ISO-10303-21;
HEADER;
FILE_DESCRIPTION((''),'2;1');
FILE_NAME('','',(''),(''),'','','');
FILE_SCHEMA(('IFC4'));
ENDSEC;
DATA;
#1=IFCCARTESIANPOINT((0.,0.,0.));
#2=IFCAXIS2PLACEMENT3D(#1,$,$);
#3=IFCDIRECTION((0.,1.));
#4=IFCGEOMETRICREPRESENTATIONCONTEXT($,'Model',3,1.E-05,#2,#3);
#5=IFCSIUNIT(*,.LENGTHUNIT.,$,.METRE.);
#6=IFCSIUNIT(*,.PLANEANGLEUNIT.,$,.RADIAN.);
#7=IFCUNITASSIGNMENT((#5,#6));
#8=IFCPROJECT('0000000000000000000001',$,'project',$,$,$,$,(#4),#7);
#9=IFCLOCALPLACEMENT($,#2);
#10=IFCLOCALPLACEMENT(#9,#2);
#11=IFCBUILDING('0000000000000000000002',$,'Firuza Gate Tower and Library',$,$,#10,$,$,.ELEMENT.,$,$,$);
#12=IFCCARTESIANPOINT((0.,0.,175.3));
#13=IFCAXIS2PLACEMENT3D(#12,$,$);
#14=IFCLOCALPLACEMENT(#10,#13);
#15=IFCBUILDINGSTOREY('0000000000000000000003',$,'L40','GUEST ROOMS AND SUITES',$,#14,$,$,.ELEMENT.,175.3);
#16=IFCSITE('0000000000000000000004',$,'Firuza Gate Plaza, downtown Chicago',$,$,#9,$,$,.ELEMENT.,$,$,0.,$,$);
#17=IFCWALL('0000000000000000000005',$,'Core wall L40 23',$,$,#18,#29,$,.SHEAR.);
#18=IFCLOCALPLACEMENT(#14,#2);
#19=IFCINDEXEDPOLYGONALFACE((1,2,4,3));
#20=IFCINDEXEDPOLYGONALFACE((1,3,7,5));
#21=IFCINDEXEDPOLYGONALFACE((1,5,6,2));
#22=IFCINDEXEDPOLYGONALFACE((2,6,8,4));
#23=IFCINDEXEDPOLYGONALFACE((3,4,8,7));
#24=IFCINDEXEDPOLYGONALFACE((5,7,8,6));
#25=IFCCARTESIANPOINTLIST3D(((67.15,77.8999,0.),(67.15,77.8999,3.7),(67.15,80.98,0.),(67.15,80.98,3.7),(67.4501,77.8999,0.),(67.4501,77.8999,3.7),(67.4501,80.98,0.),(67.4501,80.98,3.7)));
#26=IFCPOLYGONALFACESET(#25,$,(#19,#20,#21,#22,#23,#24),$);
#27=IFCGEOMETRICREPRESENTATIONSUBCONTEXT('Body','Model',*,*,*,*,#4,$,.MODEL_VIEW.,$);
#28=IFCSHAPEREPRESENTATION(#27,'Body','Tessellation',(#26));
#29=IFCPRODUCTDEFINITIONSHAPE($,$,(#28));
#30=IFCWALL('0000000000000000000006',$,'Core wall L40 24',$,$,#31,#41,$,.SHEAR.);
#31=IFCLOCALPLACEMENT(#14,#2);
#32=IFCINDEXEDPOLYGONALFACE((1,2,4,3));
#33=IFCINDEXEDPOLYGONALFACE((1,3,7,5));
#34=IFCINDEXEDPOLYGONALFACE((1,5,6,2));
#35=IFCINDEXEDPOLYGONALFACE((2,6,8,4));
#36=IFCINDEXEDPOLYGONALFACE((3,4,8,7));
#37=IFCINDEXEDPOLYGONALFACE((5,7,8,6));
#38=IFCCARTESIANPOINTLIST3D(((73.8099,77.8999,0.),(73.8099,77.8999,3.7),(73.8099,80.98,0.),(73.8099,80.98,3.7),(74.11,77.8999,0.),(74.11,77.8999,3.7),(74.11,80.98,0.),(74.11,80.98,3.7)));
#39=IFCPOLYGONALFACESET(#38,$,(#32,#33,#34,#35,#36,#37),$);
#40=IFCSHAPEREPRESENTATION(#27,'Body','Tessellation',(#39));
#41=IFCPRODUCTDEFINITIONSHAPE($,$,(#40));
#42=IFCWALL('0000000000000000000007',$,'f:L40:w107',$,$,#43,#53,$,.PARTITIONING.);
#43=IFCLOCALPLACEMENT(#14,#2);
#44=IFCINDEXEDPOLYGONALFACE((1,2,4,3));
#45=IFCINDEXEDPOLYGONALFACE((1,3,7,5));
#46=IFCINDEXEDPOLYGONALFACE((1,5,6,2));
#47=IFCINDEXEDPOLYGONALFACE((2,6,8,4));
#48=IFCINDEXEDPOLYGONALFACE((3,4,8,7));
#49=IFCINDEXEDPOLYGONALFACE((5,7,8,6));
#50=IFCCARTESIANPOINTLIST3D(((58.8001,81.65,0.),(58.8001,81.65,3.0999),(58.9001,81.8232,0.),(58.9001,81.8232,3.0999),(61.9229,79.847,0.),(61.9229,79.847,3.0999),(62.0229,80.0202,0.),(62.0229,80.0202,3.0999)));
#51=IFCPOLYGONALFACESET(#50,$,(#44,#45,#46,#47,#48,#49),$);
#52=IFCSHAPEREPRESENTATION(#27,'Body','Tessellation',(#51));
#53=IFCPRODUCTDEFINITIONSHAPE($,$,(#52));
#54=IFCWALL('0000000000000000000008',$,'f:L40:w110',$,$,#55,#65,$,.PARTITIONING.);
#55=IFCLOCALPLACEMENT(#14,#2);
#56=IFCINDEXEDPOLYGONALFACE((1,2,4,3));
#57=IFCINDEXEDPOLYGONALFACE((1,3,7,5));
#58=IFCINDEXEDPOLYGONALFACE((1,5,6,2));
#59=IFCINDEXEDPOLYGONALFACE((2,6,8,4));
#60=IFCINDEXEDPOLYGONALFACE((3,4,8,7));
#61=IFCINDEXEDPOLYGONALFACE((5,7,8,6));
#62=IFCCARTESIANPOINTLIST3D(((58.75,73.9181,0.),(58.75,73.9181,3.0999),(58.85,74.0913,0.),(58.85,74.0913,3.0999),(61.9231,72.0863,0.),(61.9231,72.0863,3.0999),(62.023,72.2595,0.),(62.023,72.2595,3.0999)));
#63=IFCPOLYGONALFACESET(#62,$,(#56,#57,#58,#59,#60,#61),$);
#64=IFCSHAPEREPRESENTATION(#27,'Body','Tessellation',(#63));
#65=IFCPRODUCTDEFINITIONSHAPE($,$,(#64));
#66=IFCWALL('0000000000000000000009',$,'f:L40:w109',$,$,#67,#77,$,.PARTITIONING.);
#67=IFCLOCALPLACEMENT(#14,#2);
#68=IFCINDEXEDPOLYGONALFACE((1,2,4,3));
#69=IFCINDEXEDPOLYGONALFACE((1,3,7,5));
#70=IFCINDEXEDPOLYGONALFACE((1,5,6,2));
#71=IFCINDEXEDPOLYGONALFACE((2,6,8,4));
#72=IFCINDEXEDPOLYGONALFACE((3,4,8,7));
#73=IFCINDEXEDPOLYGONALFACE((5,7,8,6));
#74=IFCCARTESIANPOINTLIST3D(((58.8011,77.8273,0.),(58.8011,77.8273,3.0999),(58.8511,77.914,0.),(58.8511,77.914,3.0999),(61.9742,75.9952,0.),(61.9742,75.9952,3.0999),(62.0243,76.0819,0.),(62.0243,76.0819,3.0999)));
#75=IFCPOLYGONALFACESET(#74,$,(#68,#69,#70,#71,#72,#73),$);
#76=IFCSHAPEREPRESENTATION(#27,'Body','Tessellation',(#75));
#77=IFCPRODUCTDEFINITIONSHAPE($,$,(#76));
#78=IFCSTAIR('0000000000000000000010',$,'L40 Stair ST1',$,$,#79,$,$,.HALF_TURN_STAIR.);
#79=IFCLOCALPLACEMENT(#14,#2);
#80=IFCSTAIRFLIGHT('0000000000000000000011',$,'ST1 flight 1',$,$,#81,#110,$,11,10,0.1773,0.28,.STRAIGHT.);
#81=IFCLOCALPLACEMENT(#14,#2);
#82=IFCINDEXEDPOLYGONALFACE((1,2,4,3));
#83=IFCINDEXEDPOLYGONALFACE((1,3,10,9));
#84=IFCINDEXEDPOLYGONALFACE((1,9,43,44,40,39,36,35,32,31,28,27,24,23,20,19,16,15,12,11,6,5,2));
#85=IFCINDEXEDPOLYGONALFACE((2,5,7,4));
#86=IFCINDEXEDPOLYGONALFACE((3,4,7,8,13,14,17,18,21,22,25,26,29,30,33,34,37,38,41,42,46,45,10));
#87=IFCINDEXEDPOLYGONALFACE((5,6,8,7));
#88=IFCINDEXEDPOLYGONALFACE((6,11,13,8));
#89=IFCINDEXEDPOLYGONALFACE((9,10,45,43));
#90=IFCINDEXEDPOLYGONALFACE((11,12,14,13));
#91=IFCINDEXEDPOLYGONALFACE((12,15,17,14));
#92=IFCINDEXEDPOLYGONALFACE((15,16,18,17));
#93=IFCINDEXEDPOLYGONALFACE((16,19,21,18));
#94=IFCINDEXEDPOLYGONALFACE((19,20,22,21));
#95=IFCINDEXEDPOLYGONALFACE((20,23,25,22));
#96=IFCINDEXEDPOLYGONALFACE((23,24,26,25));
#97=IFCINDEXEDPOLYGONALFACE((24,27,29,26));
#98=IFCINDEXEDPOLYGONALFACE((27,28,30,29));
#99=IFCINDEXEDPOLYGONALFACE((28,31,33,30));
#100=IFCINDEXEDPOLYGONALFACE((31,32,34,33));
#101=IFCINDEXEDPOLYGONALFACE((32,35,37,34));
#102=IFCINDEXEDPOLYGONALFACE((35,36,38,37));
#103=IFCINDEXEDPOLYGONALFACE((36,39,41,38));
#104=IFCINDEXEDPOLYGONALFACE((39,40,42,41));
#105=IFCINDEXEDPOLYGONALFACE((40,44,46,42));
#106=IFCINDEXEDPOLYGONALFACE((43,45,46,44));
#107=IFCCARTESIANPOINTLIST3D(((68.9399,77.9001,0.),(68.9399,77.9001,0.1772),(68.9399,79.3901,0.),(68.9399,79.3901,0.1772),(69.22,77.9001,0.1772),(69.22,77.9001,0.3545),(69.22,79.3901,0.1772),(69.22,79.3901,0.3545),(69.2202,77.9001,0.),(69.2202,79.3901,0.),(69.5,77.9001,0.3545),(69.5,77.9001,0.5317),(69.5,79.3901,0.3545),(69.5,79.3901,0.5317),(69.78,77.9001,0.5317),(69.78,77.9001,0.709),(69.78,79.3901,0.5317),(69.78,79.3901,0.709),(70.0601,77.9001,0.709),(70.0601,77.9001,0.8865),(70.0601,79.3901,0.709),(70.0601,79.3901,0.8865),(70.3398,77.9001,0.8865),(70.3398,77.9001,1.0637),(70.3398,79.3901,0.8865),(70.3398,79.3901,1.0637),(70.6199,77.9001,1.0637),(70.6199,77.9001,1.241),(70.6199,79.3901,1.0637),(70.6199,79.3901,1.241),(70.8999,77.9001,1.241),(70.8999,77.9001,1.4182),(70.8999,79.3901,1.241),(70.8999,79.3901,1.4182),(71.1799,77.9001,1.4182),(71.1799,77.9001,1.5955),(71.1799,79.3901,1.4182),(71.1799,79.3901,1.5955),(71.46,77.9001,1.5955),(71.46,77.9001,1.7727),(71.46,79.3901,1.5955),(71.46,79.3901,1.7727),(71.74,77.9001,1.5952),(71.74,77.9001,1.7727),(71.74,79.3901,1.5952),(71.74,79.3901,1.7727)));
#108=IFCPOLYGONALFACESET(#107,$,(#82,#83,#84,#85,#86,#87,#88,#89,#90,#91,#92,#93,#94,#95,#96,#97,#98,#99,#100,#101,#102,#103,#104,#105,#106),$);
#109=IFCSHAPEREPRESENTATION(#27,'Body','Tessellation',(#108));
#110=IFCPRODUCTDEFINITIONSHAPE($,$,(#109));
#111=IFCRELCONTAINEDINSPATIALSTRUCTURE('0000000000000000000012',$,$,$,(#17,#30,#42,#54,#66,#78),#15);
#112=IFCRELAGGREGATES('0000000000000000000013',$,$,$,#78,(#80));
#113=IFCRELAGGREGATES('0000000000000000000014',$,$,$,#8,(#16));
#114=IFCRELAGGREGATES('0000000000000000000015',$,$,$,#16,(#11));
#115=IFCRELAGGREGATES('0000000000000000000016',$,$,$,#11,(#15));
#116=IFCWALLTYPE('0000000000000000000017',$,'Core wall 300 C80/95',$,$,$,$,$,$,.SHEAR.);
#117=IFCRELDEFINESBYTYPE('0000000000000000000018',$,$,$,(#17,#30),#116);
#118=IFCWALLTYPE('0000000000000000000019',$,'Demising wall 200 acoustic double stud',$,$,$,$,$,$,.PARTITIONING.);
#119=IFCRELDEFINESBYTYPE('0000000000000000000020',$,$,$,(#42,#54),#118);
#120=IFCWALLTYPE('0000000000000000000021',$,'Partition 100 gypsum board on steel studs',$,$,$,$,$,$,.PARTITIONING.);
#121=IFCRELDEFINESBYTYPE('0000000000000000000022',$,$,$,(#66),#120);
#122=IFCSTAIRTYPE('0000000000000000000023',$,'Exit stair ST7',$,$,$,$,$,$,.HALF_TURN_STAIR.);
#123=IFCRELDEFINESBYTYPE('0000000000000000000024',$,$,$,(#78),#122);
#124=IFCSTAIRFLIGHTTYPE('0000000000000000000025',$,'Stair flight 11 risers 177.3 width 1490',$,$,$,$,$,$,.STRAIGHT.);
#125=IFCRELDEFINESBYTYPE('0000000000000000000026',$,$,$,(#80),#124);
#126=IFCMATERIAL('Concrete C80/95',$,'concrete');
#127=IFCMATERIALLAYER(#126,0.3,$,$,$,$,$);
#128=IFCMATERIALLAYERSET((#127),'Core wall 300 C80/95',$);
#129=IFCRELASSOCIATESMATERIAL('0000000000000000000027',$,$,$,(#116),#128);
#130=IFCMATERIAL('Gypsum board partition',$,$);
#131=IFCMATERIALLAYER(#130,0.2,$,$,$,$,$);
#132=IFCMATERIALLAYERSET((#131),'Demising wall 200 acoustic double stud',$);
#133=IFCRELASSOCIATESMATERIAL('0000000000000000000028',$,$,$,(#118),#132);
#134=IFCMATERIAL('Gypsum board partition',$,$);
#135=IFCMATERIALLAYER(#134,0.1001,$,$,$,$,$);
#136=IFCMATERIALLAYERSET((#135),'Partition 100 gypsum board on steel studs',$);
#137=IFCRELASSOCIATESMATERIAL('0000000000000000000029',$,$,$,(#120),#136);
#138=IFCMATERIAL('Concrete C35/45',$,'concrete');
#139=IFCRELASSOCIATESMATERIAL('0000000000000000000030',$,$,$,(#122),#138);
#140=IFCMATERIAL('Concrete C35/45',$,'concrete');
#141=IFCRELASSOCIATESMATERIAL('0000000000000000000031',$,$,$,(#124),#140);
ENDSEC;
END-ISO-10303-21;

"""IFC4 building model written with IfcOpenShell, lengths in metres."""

from ifc_helpers import new_model, si_unit, direction, frame, frame_2d, origin, place, context, subcontext, project, spatial, polyline, rectangle, outline, extrude, material, layer, layer_set, type_object, element, aggregate, save


model = new_model("IFC4")

# Units and contexts
model_context = context("Model", 3, precision=1e-05, world=origin(), true_north=direction((0.0, 1.0)))
body_context = subcontext(model_context, "Body", "Model", "MODEL_VIEW")
ifc_project = project(units=[si_unit("LENGTHUNIT", "METRE"), si_unit("PLANEANGLEUNIT", "RADIAN")], contexts=[model_context])

# Site, building, storey
site_placement = place(None, origin())
site = spatial("IfcSite", under=ifc_project, at=site_placement, Name="Firuza Gate Plaza, downtown Chicago", CompositionType="ELEMENT", RefElevation=0.0)
building_placement = place(site_placement, origin())
building = spatial("IfcBuilding", under=site, at=building_placement, Name="Firuza Gate Tower and Library", CompositionType="ELEMENT")
storey_placement = place(building_placement, frame((0.0, 0.0, 175.3)))
storey = spatial("IfcBuildingStorey", under=building, at=storey_placement, Name="L40", Description="GUEST ROOMS AND SUITES", CompositionType="ELEMENT", Elevation=175.3)

# Shared definitions
ifc_material_1 = material(Name="Concrete C80/95", Category="concrete")
ifc_layer_1 = layer(ifc_material_1, 0.3)
ifc_layer_set_1 = layer_set([ifc_layer_1], Name="Core wall 300 C80/95")
wall_type_1 = type_object("IfcWallType", Name="Core wall 300 C80/95", PredefinedType="SHEAR", material=ifc_layer_set_1)

# Walls
for number, where, z_axis, x_axis, name in (
    (1, (67.3, 77.8999, 0.0), (0.0, 0.0, 1.0), (0.0, 1.0, 0.0), "Core wall L40 23"),
    (2, (73.96, 77.8999, 0.0), (0.0, 0.0, 1.0), (0.0, 1.0, 0.0), "Core wall L40 24"),
):
    element("IfcWall", number, at=place(storey_placement, frame(where, z_axis=z_axis, x_axis=x_axis)), inside=storey, type_object=wall_type_1, Name=name, PredefinedType="SHEAR", context=body_context, shape_type="SweptSolid", body=[
        extrude(rectangle(XDim=3.0801, YDim=0.3, at=frame_2d((1.54, 0.0))), origin(), (0.0, 0.0, 1.0), 3.7),
    ])
ifc_material_2 = material(Name="Gypsum board partition")
ifc_layer_2 = layer(ifc_material_2, 0.2)
ifc_layer_set_2 = layer_set([ifc_layer_2], Name="Demising wall 200 acoustic double stud")
wall_type_2 = type_object("IfcWallType", Name="Demising wall 200 acoustic double stud", PredefinedType="PARTITIONING", material=ifc_layer_set_2)
wall_1_placement = place(storey_placement, frame((61.9729, 79.9336, 0.0), z_axis=(0.0, 0.0, 1.0), x_axis=(-0.866022, 0.500006, 0.0)))
element("IfcWall", 3, at=wall_1_placement, inside=storey, type_object=wall_type_2, Name="f:L40:w107", PredefinedType="PARTITIONING", context=body_context, shape_type="SweptSolid", body=[
    extrude(rectangle(XDim=3.606, YDim=0.2, at=frame_2d((1.803, 0.0))), origin(), (0.0, 0.0, 1.0), 3.0999),
])
wall_2_placement = place(storey_placement, frame((61.9731, 72.1729, 0.0), z_axis=(0.0, 0.0, 1.0), x_axis=(-0.866049, 0.499959, 0.0)))
element("IfcWall", 4, at=wall_2_placement, inside=storey, type_object=wall_type_2, Name="f:L40:w110", PredefinedType="PARTITIONING", context=body_context, shape_type="SweptSolid", body=[
    extrude(rectangle(XDim=3.6638, YDim=0.2, at=frame_2d((1.832, 0.0))), origin(), (0.0, 0.0, 1.0), 3.0999),
])
ifc_material_3 = material(Name="Gypsum board partition")
ifc_layer_3 = layer(ifc_material_3, 0.1001)
ifc_layer_set_3 = layer_set([ifc_layer_3], Name="Partition 100 gypsum board on steel studs")
wall_type_3 = type_object("IfcWallType", Name="Partition 100 gypsum board on steel studs", PredefinedType="PARTITIONING", material=ifc_layer_set_3)
wall_3_placement = place(storey_placement, frame((61.9993, 76.0386, 0.0), z_axis=(0.0, 0.0, 1.0), x_axis=(-0.86602, 0.500009, 0.0)))
element("IfcWall", 5, at=wall_3_placement, inside=storey, type_object=wall_type_3, Name="f:L40:w109", PredefinedType="PARTITIONING", context=body_context, shape_type="SweptSolid", body=[
    extrude(rectangle(XDim=3.6641, YDim=0.1001, at=frame_2d((1.832, 0.0))), origin(), (0.0, 0.0, 1.0), 3.0999),
])

# Stair, stair flight
ifc_material_4 = material(Name="Concrete C35/45", Category="concrete")
stair_type = type_object("IfcStairType", Name="Exit stair ST7", PredefinedType="HALF_TURN_STAIR", material=ifc_material_4)
stair_placement = place(storey_placement, origin())
stair = element("IfcStair", 6, at=stair_placement, inside=storey, type_object=stair_type, Name="L40 Stair ST1", PredefinedType="HALF_TURN_STAIR")
ifc_material_5 = material(Name="Concrete C35/45", Category="concrete")
stair_flight_type = type_object("IfcStairFlightType", Name="Stair flight 11 risers 177.3 width 1490", PredefinedType="STRAIGHT", material=ifc_material_5)
stair_flight_placement = place(storey_placement, frame((68.9399, 78.645, 0.0), z_axis=(0.0, 0.0, 1.0), x_axis=(1.0, 0.0, 0.0)))
stair_flight = element("IfcStairFlight", 7, at=stair_flight_placement, type_object=stair_flight_type, Name="ST1 flight 1", NumberOfRisers=11, NumberOfTreads=10, PredefinedType="STRAIGHT", RiserHeight=0.1773, TreadLength=0.28, context=body_context, shape_type="SweptSolid", body=[
    extrude(outline(polyline([(0.0, 0.0), (0.0, 0.1772), (0.28, 0.1772), (0.28, 0.3545), (0.5601, 0.3545), (0.5601, 0.5317), (0.8401, 0.5317), (0.8401, 0.709), (1.1201, 0.709), (1.1201, 0.8865), (1.3999, 0.8865), (1.3999, 1.0637), (1.6799, 1.0637), (1.6799, 1.241), (1.96, 1.241), (1.96, 1.4182), (2.24, 1.4182), (2.24, 1.5955), (2.52, 1.5955), (2.52, 1.7727), (2.8, 1.7727), (2.8, 1.95), (2.8, 1.5952), (0.2803, 0.0), (0.0, 0.0)])), frame((0.0, 0.7451, 0.0), z_axis=(0.0, -1.0, 0.0), x_axis=(1.0, 0.0, 0.0)), (0.0, 0.0, 1.0), 1.49),
])
aggregate(stair, [stair_flight])

save(model, "model.ifc")
